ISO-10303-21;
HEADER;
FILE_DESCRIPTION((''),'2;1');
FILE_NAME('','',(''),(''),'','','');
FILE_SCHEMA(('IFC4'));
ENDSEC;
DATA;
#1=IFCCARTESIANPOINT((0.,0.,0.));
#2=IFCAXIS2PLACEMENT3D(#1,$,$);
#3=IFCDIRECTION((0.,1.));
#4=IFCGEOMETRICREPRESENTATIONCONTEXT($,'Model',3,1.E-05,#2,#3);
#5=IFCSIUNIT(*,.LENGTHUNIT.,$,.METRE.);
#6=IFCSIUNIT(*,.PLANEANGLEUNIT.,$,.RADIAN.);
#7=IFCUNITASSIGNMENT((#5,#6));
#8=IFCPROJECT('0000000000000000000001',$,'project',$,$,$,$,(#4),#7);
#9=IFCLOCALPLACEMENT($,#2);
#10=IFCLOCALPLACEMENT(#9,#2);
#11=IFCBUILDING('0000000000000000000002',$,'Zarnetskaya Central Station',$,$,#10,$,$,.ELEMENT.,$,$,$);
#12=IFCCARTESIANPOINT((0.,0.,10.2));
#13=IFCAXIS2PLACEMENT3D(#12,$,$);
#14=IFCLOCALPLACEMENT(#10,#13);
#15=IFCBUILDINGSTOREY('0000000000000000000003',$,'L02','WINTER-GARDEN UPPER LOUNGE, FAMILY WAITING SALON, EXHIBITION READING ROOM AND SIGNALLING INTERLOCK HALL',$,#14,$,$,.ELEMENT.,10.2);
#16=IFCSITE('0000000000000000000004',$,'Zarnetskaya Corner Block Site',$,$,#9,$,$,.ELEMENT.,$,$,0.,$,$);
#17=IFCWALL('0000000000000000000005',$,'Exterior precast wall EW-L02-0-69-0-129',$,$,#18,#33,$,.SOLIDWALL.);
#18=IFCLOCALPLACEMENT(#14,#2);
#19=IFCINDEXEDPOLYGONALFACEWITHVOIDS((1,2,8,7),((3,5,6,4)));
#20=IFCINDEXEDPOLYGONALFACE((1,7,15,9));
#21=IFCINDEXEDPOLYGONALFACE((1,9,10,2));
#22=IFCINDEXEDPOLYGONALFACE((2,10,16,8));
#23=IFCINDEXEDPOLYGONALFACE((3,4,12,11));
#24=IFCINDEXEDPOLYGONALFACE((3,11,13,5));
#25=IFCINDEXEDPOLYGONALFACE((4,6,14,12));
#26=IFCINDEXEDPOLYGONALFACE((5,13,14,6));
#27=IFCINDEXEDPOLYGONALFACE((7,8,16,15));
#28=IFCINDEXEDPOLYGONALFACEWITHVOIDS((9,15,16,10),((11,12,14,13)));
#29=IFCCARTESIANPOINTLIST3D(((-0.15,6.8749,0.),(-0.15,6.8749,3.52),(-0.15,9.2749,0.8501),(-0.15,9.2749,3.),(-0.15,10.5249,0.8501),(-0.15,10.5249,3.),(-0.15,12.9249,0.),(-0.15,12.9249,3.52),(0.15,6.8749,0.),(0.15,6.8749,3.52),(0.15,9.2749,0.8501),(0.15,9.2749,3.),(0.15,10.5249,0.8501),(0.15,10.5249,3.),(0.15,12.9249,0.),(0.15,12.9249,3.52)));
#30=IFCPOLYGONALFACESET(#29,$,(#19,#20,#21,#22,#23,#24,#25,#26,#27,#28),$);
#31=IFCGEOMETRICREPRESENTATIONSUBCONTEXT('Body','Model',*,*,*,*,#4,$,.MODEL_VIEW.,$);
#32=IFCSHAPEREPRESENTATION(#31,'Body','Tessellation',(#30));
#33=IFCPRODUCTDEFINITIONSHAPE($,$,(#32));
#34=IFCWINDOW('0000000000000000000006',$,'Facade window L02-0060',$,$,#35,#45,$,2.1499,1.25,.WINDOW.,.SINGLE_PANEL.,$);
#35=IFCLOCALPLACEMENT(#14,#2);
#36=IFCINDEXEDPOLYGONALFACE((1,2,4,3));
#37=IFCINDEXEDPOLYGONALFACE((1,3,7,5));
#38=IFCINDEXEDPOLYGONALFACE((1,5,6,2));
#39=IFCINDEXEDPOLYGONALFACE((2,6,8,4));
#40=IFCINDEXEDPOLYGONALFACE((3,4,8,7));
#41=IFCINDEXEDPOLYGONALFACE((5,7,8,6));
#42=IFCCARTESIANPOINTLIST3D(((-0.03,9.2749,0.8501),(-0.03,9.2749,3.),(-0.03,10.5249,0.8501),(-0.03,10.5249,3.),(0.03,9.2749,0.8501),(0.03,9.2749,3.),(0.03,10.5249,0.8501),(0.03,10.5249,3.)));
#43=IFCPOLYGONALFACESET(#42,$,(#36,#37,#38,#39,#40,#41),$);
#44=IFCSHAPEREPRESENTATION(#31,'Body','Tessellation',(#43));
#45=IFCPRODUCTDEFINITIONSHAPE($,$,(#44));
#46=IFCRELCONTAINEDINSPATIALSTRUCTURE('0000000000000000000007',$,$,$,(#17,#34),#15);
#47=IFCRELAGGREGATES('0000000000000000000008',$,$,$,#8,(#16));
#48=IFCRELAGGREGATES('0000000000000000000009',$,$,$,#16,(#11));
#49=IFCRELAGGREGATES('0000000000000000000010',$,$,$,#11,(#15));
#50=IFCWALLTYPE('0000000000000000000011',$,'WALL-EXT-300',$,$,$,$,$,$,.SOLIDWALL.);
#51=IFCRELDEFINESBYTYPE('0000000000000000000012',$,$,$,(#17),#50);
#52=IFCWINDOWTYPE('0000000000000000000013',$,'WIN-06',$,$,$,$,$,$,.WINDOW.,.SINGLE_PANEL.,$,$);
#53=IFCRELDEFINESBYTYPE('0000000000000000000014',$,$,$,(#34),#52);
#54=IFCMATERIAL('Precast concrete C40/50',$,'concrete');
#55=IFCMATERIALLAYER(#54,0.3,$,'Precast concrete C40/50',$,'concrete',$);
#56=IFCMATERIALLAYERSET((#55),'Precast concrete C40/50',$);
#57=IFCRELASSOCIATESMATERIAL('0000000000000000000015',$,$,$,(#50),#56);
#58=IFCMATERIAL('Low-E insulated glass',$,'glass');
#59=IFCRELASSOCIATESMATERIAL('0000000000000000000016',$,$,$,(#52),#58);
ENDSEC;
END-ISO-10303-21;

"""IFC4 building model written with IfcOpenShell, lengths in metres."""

from ifc_helpers import new_model, si_unit, direction, frame, frame_2d, origin, place, context, subcontext, project, spatial, rectangle, extrude, material, layer, layer_set, type_object, element, fill, save


model = new_model("IFC4")

# Units and contexts
model_context = context("Model", 3, precision=1e-05, world=origin(), true_north=direction((0.0, 1.0)))
body_context = subcontext(model_context, "Body", "Model", "MODEL_VIEW")
ifc_project = project(units=[si_unit("LENGTHUNIT", "METRE"), si_unit("PLANEANGLEUNIT", "RADIAN")], contexts=[model_context])

# Site, building, storey
site_placement = place(None, origin())
site = spatial("IfcSite", under=ifc_project, at=site_placement, Name="Zarnetskaya Corner Block Site", CompositionType="ELEMENT", RefElevation=0.0)
building_placement = place(site_placement, origin())
building = spatial("IfcBuilding", under=site, at=building_placement, Name="Zarnetskaya Central Station", CompositionType="ELEMENT")
storey_placement = place(building_placement, frame((0.0, 0.0, 10.2)))
storey = spatial("IfcBuildingStorey", under=building, at=storey_placement, Name="L02", Description="WINTER-GARDEN UPPER LOUNGE, FAMILY WAITING SALON, EXHIBITION READING ROOM AND SIGNALLING INTERLOCK HALL", CompositionType="ELEMENT", Elevation=10.2)

# Shared definitions
ifc_material_1 = material(Name="Low-E insulated glass", Category="glass")

# Wall, opening, window
ifc_material_2 = material(Name="Precast concrete C40/50", Category="concrete")
ifc_layer_1 = layer(ifc_material_2, 0.3, Name="Precast concrete C40/50", Category="concrete")
ifc_layer_set_1 = layer_set([ifc_layer_1], Name="Precast concrete C40/50")
wall_type = type_object("IfcWallType", Name="WALL-EXT-300", PredefinedType="SOLIDWALL", material=ifc_layer_set_1)
wall_placement = place(storey_placement, frame((0.0, 6.875, 0.0), z_axis=(0.0, 0.0, 1.0), x_axis=(0.0, 1.0, 0.0)))
wall = element("IfcWall", 1, at=wall_placement, inside=storey, type_object=wall_type, Name="Exterior precast wall EW-L02-0-69-0-129", PredefinedType="SOLIDWALL", context=body_context, shape_type="SweptSolid", body=[
    extrude(rectangle(XDim=6.05, YDim=0.3, at=frame_2d((3.0249, 0.0))), origin(), (0.0, 0.0, 1.0), 3.52),
])
opening_placement = place(wall_placement, frame((2.3999, 0.0, 0.8501)))
opening = element("IfcOpeningElement", 2, at=opening_placement, cuts=wall, PredefinedType="OPENING", context=body_context, shape_type="SweptSolid", body=[
    extrude(rectangle(XDim=1.25, YDim=2.1499, at=frame_2d((0.625, 1.075))), frame((0.0, 0.1602, 0.0), z_axis=(0.0, -1.0, 0.0), x_axis=(1.0, 0.0, 0.0)), (0.0, 0.0, 1.0), 0.3201),
])
window_type = type_object("IfcWindowType", Name="WIN-06", PartitioningType="SINGLE_PANEL", PredefinedType="WINDOW", material=ifc_material_1)
window_placement = place(opening_placement, origin())
window = element("IfcWindow", 3, at=window_placement, inside=storey, type_object=window_type, Name="Facade window L02-0060", OverallHeight=2.1499, OverallWidth=1.25, PartitioningType="SINGLE_PANEL", PredefinedType="WINDOW", context=body_context, shape_type="SweptSolid", body=[
    extrude(rectangle(XDim=1.25, YDim=2.1499, at=frame_2d((0.625, 1.075))), frame((0.0, 0.03, 0.0), z_axis=(0.0, -1.0, 0.0), x_axis=(1.0, 0.0, 0.0)), (0.0, 0.0, 1.0), 0.0601),
])
fill(opening, window)

save(model, "model.ifc")
